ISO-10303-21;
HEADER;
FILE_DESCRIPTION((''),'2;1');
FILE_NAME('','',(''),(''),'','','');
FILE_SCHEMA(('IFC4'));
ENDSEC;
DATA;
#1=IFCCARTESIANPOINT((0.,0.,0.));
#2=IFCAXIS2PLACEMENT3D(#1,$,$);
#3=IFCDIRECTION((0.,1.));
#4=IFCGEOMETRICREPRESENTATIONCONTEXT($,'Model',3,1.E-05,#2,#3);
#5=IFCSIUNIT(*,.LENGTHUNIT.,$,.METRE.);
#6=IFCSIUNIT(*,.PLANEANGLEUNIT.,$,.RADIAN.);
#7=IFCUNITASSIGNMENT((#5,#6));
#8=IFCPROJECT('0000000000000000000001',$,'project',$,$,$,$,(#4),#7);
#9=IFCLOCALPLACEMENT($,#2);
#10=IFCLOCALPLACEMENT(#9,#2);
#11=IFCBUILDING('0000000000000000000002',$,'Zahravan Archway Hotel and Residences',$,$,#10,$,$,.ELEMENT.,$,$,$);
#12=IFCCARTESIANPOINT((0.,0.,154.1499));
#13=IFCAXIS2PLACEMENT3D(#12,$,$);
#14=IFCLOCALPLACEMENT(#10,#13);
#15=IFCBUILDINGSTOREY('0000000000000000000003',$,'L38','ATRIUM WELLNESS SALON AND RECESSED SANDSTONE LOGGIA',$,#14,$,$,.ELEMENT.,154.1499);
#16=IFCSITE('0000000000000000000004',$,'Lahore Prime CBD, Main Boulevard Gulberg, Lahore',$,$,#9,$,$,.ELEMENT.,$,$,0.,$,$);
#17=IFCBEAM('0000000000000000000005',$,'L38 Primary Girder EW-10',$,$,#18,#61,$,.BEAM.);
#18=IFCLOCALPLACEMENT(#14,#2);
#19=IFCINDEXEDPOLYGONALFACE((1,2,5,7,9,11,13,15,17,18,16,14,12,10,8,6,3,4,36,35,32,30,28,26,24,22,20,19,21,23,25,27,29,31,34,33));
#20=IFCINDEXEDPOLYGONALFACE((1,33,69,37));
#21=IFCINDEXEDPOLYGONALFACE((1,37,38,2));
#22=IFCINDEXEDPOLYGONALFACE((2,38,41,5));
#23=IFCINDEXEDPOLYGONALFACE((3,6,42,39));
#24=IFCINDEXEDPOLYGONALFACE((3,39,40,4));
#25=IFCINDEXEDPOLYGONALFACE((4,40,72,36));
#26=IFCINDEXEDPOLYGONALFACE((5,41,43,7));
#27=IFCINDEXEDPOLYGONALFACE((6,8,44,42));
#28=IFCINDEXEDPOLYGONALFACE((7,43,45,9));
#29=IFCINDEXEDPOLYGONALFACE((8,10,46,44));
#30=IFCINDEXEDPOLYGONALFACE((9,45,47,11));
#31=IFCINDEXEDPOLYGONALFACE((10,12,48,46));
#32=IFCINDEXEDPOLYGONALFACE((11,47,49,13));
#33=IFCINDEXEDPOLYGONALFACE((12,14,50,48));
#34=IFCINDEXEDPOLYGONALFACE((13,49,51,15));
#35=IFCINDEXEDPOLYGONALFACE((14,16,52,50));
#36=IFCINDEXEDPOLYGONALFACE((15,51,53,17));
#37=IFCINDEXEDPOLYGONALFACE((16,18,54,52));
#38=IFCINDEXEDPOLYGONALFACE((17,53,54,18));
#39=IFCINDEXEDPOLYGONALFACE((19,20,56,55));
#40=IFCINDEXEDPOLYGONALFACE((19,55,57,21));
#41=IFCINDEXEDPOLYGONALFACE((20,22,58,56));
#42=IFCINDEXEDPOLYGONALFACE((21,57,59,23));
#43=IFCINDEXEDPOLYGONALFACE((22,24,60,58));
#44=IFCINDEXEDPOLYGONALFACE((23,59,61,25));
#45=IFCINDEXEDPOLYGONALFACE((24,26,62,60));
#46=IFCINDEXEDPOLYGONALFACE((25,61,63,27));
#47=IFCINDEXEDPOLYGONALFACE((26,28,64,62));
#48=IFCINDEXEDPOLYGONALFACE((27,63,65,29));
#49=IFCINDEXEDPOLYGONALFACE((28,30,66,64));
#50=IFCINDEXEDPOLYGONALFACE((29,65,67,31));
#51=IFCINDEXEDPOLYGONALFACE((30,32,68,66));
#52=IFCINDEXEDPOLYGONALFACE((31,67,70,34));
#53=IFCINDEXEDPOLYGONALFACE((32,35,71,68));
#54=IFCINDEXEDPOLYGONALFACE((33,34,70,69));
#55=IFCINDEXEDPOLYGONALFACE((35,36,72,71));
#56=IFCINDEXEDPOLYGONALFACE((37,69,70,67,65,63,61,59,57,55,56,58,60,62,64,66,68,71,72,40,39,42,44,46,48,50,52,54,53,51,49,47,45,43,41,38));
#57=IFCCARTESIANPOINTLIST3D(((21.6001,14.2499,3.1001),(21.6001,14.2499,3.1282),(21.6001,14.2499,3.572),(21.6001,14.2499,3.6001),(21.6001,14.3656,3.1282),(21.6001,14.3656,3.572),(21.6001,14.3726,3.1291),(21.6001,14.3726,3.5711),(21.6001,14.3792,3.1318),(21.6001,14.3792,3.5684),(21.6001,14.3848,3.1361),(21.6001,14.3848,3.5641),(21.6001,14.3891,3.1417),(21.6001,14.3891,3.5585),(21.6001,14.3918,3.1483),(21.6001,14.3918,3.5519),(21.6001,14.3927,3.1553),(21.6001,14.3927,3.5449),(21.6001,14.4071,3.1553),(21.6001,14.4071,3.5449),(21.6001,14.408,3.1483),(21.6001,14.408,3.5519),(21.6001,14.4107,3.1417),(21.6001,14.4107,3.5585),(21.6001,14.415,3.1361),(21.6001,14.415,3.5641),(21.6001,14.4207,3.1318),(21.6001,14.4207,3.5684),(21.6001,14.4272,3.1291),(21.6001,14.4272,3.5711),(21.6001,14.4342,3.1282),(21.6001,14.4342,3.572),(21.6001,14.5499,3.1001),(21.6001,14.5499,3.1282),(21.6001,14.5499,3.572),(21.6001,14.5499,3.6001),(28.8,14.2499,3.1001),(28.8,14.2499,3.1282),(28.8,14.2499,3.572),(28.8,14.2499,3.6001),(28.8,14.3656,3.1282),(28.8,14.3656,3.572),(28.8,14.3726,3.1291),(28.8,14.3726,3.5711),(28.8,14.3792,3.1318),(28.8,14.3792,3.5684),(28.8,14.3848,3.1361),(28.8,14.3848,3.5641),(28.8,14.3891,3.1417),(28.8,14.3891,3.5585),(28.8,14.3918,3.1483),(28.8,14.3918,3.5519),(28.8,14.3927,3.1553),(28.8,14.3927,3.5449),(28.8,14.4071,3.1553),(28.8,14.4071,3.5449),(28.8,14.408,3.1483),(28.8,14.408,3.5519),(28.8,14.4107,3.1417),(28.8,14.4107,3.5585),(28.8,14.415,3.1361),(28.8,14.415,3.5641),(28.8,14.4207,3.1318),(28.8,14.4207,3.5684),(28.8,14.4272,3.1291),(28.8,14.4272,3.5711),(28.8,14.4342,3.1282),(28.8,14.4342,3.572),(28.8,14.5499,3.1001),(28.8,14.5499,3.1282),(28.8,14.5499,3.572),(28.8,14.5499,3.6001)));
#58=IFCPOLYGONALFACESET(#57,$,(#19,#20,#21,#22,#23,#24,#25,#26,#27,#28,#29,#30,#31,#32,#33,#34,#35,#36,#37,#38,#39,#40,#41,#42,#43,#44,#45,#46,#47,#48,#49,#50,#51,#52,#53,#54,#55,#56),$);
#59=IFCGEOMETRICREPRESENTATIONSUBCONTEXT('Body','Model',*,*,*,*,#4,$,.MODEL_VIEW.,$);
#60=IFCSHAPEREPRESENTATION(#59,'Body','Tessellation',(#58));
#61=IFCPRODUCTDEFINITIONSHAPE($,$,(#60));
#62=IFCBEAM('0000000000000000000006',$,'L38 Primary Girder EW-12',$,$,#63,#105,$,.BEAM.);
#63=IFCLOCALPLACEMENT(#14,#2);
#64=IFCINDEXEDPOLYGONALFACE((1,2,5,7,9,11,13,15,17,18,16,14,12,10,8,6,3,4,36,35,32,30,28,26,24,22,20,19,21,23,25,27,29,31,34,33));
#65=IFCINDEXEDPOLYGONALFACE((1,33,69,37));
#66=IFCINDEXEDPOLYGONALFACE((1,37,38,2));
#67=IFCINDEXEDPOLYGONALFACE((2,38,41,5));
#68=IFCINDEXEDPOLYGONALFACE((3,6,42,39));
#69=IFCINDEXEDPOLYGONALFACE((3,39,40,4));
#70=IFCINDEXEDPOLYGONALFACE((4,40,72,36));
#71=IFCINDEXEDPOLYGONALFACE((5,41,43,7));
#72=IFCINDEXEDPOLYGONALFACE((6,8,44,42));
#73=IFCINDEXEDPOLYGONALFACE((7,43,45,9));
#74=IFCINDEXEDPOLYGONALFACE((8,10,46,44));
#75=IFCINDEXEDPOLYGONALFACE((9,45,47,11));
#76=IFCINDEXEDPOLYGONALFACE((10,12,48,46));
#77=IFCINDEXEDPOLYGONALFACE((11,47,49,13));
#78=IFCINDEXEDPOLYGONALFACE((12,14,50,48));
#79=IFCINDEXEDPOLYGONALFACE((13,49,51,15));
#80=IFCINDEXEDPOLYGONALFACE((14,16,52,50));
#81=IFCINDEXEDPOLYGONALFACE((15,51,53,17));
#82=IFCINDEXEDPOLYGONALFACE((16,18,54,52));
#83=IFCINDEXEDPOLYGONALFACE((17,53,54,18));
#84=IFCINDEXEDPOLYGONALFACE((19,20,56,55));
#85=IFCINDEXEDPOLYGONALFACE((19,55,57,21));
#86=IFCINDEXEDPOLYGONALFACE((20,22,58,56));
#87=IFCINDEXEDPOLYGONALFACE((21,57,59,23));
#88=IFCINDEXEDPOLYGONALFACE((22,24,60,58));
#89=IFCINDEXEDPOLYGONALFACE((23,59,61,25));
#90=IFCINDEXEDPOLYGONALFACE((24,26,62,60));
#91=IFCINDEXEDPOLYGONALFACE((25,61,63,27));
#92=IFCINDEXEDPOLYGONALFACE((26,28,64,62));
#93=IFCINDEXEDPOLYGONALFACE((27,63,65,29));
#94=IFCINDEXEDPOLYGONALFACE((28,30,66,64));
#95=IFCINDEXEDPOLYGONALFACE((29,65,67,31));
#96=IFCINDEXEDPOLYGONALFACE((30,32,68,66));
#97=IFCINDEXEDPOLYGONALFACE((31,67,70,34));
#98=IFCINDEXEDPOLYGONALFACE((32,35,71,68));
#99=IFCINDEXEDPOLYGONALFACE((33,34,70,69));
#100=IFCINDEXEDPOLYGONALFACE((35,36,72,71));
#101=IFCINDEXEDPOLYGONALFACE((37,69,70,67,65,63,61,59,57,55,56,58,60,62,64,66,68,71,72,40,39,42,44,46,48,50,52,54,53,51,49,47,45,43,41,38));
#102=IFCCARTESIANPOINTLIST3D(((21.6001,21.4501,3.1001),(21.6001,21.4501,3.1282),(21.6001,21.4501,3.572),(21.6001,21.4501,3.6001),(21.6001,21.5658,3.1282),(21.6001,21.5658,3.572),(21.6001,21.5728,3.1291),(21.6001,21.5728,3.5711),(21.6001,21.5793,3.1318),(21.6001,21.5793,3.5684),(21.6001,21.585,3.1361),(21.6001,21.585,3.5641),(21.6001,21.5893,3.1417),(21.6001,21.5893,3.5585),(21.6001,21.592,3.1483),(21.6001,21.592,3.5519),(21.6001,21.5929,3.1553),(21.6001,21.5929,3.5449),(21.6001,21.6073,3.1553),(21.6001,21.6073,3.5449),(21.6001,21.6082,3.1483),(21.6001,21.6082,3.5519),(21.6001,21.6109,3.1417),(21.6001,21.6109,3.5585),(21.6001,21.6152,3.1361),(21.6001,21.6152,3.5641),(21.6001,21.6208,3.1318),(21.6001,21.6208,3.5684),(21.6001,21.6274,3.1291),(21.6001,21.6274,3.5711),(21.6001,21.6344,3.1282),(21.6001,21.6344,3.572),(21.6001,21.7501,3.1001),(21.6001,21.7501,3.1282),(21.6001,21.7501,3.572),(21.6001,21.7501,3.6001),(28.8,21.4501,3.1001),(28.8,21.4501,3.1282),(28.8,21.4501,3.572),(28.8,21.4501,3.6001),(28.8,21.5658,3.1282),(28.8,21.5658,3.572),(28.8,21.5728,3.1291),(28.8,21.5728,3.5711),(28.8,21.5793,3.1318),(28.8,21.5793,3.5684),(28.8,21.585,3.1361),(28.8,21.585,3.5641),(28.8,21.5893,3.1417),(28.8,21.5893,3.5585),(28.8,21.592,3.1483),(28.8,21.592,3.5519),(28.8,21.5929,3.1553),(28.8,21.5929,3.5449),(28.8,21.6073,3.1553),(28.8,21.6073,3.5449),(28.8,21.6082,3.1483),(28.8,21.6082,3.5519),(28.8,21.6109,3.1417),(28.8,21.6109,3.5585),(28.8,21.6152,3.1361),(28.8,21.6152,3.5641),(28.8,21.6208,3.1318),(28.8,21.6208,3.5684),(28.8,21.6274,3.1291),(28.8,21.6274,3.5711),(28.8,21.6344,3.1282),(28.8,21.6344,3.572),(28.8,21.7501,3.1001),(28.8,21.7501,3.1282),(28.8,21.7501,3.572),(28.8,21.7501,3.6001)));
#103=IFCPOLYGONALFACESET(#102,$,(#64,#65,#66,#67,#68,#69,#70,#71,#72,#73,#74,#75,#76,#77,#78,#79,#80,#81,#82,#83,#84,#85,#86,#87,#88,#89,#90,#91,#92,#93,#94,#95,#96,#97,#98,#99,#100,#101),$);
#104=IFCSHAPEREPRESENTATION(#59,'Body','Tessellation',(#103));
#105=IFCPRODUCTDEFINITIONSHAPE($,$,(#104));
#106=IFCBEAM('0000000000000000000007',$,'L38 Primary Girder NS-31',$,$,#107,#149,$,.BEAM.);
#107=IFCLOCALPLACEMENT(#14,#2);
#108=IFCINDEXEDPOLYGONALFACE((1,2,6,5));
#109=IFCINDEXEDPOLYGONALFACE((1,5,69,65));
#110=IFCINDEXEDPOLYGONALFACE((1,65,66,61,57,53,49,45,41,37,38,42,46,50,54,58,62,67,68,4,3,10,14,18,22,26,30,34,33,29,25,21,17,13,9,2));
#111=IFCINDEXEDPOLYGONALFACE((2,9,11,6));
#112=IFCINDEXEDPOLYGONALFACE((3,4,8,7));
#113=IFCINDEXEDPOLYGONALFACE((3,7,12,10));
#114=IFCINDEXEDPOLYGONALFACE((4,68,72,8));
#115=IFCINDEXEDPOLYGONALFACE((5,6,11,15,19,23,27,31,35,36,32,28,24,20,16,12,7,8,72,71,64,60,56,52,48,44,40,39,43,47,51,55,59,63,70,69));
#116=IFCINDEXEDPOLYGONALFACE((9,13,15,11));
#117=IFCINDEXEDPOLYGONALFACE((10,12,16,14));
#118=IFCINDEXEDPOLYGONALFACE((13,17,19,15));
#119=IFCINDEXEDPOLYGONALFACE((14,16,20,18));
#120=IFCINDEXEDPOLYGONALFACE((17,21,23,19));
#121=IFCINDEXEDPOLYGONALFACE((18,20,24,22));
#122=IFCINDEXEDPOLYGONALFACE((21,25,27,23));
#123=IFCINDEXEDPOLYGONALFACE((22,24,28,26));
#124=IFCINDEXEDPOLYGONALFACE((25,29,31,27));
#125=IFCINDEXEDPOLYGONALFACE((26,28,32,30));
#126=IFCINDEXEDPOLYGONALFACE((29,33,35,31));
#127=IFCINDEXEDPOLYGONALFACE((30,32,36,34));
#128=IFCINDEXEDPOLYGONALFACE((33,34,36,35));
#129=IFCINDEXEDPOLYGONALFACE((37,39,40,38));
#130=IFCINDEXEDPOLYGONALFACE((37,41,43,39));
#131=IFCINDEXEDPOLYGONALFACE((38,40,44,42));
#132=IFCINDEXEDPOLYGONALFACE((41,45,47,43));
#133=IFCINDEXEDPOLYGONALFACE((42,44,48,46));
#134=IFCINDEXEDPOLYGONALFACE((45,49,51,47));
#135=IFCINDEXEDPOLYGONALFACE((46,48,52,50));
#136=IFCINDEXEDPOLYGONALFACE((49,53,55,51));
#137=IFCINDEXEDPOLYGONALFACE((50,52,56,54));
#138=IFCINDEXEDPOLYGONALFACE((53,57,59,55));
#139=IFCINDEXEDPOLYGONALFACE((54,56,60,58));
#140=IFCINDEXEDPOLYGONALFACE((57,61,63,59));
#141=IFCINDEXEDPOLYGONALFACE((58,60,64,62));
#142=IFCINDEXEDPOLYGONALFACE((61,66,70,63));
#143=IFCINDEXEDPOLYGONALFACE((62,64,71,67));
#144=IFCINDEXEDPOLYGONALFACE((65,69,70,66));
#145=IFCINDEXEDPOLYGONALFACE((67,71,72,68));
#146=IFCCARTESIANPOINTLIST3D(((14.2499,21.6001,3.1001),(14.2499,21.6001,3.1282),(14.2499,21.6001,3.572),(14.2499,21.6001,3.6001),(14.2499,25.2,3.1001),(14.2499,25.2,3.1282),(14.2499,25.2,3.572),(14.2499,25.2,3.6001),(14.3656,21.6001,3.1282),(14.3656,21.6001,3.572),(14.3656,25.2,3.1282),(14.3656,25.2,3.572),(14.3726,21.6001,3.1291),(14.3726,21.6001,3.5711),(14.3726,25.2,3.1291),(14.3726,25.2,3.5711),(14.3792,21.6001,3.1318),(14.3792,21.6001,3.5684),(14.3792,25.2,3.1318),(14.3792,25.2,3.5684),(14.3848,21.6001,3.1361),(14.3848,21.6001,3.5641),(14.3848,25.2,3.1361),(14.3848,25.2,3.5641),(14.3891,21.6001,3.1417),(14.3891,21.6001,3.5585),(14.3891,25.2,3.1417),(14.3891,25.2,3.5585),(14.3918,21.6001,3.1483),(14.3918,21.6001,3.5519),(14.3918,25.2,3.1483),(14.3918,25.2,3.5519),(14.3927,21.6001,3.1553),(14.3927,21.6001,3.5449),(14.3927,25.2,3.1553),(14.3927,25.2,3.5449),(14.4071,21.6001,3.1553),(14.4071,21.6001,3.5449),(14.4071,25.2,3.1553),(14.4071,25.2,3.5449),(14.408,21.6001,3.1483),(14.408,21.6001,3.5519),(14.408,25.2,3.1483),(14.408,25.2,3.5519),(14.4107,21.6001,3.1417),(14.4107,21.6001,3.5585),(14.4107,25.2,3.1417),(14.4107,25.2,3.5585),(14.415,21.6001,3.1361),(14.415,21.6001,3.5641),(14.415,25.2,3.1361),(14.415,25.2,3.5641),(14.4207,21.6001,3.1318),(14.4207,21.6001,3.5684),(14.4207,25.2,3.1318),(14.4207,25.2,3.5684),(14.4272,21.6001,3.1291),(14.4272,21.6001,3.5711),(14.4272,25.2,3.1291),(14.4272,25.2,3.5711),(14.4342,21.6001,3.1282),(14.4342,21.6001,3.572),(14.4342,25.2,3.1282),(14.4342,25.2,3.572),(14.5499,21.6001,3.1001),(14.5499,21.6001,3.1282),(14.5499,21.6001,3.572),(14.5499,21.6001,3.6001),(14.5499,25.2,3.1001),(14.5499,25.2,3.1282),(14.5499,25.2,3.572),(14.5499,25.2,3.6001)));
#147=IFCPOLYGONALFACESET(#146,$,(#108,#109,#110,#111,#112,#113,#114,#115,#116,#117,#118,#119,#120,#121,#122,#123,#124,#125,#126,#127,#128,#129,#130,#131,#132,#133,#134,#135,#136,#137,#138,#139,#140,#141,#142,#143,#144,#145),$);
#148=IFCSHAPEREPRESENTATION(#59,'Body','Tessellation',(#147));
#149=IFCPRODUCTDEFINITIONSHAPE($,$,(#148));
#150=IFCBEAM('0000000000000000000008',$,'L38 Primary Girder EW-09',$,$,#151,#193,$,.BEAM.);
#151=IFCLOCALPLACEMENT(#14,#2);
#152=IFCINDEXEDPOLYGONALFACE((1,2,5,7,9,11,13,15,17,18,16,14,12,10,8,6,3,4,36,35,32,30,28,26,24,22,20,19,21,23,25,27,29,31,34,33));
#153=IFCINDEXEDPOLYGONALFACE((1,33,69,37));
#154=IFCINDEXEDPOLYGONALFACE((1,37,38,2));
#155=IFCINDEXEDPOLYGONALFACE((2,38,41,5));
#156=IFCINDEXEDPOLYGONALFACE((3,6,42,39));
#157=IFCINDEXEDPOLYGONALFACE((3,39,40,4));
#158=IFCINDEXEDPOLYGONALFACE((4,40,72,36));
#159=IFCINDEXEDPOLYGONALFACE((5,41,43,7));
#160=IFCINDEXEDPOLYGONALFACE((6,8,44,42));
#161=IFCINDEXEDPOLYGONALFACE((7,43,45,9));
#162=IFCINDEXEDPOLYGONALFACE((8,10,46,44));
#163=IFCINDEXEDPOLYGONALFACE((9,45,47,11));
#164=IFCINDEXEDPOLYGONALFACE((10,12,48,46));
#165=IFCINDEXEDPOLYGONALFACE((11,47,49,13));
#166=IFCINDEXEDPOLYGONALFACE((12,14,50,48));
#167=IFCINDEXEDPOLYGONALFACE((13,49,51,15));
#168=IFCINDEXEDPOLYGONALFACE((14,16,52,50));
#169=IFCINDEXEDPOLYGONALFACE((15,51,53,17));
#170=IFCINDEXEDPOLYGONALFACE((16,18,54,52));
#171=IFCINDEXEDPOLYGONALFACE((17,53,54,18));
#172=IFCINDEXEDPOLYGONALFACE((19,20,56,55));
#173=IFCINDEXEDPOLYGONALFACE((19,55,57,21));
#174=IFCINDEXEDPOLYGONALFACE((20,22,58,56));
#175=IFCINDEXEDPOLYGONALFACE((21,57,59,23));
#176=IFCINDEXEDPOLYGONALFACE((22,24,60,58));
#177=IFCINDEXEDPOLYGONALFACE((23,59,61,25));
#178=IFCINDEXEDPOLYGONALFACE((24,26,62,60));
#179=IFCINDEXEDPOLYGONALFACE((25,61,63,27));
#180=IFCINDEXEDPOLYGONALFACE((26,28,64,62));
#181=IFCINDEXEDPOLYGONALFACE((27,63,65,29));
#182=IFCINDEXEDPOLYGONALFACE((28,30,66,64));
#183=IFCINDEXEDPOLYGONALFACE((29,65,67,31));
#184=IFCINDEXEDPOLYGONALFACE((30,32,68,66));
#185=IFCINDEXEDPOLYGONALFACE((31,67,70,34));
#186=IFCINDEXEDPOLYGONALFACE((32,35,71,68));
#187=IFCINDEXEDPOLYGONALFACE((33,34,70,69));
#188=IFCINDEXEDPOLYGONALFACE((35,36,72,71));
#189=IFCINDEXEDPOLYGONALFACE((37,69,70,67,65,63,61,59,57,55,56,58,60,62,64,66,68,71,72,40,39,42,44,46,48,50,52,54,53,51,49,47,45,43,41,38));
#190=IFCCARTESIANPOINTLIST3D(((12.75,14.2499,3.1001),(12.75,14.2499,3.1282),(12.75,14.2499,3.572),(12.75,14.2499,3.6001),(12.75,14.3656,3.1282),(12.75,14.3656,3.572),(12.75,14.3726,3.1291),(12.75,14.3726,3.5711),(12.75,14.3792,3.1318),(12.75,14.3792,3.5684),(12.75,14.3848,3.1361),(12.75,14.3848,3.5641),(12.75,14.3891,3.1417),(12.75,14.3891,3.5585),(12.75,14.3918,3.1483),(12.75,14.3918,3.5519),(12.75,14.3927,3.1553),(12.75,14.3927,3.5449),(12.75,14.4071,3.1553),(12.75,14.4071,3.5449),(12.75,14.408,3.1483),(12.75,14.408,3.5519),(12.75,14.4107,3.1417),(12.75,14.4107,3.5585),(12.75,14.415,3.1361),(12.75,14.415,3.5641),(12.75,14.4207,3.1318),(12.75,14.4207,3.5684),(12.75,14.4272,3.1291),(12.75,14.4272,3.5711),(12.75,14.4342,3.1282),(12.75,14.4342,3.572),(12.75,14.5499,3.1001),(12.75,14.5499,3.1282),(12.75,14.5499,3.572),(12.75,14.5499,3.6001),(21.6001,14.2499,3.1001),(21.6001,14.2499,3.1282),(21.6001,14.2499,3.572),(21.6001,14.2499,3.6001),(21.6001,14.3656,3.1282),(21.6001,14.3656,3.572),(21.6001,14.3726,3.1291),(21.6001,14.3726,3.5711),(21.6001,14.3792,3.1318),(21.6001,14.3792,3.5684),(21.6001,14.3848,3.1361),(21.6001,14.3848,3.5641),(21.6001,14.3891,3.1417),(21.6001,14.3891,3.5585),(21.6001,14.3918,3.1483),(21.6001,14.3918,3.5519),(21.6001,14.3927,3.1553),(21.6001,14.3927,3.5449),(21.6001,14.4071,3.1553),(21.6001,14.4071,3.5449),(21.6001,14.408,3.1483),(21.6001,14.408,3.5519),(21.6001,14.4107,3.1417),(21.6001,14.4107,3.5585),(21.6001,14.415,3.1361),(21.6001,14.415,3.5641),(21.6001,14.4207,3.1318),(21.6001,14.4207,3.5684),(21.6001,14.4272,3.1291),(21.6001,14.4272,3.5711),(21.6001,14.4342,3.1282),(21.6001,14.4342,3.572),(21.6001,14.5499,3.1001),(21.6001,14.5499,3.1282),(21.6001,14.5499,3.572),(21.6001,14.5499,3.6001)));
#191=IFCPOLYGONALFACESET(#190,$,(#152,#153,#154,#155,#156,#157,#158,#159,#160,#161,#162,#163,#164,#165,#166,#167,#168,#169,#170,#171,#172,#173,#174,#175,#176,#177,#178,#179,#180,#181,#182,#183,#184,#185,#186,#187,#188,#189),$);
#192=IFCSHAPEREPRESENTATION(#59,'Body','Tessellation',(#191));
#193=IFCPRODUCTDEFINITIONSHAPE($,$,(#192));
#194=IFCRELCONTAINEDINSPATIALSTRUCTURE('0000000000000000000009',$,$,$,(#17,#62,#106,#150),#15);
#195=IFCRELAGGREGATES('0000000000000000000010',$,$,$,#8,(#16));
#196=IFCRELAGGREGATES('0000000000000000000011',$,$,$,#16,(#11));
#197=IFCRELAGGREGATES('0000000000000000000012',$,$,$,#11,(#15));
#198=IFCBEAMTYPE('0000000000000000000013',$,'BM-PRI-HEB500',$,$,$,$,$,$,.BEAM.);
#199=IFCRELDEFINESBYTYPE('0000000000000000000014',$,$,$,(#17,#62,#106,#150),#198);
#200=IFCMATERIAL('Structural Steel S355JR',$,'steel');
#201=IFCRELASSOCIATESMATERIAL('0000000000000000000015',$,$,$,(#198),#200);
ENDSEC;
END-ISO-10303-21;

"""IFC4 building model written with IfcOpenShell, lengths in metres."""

from ifc_helpers import new_model, si_unit, direction, frame, origin, origin_2d, place, context, subcontext, project, spatial, i_section, extrude, source, transform, mapped, material, material_profile, profile_set, type_object, element, save


model = new_model("IFC4")

# Units and contexts
model_context = context("Model", 3, precision=1e-05, world=origin(), true_north=direction((0.0, 1.0)))
body_context = subcontext(model_context, "Body", "Model", "MODEL_VIEW")
ifc_project = project(units=[si_unit("LENGTHUNIT", "METRE"), si_unit("PLANEANGLEUNIT", "RADIAN")], contexts=[model_context])

# Site, building, storey
site_placement = place(None, origin())
site = spatial("IfcSite", under=ifc_project, at=site_placement, Name="Lahore Prime CBD, Main Boulevard Gulberg, Lahore", CompositionType="ELEMENT", RefElevation=0.0)
building_placement = place(site_placement, origin())
building = spatial("IfcBuilding", under=site, at=building_placement, Name="Zahravan Archway Hotel and Residences", CompositionType="ELEMENT")
storey_placement = place(building_placement, frame((0.0, 0.0, 154.1499)))
storey = spatial("IfcBuildingStorey", under=building, at=storey_placement, Name="L38", Description="ATRIUM WELLNESS SALON AND RECESSED SANDSTONE LOGGIA", CompositionType="ELEMENT", Elevation=154.1499)

# Beams
ifc_material_1 = material(Name="Structural Steel S355JR", Category="steel")
ifc_material_profile_1 = material_profile(ifc_material_1, i_section(OverallWidth=0.3, OverallDepth=0.5, WebThickness=0.0144, FlangeThickness=0.0281, FilletRadius=0.0271, at=origin_2d()), Name="HEB 500", Category="steel")
ifc_profile_set_1 = profile_set([ifc_material_profile_1], Name="Structural Steel S355JR")
beam_type_1 = type_object("IfcBeamType", Name="BM-PRI-HEB500", PredefinedType="BEAM", material=ifc_profile_set_1)
shared_shape_1 = source(origin(), body_context, "Body", "SweptSolid", [
    extrude(i_section(OverallWidth=0.3, OverallDepth=0.5, WebThickness=0.0144, FlangeThickness=0.0281, FilletRadius=0.0271, at=origin_2d()), origin(), (0.0, 0.0, 1.0), 7.2),
])
for number, where, z_axis, x_axis, name in (
    (1, (21.6001, 14.3999, 3.3501), (1.0, 0.0, 0.0), (0.0, 1.0, 0.0), "L38 Primary Girder EW-10"),
    (2, (21.6001, 21.6001, 3.3501), (1.0, 0.0, 0.0), (0.0, 1.0, 0.0), "L38 Primary Girder EW-12"),
):
    element("IfcBeam", number, at=place(storey_placement, frame(where, z_axis=z_axis, x_axis=x_axis)), inside=storey, type_object=beam_type_1, Name=name, PredefinedType="BEAM", context=body_context, shape_type="MappedRepresentation", body=[
        mapped(shared_shape_1, transform((0.0, 0.0, 0.0), scale=1.0)),
    ])
shared_shape_2 = source(origin(), body_context, "Body", "SweptSolid", [
    extrude(i_section(OverallWidth=0.3, OverallDepth=0.5, WebThickness=0.0144, FlangeThickness=0.0281, FilletRadius=0.0271, at=origin_2d()), origin(), (0.0, 0.0, 1.0), 3.5999),
])
beam_1_placement = place(storey_placement, frame((14.3999, 21.6001, 3.3501), z_axis=(0.0, 1.0, 0.0), x_axis=(-1.0, 0.0, 0.0)))
element("IfcBeam", 3, at=beam_1_placement, inside=storey, type_object=beam_type_1, Name="L38 Primary Girder NS-31", PredefinedType="BEAM", context=body_context, shape_type="MappedRepresentation", body=[
    mapped(shared_shape_2, transform((0.0, 0.0, 0.0), scale=1.0)),
])
shared_shape_3 = source(origin(), body_context, "Body", "SweptSolid", [
    extrude(i_section(OverallWidth=0.3, OverallDepth=0.5, WebThickness=0.0144, FlangeThickness=0.0281, FilletRadius=0.0271, at=origin_2d()), origin(), (0.0, 0.0, 1.0), 8.8501),
])
beam_2_placement = place(storey_placement, frame((12.75, 14.3999, 3.3501), z_axis=(1.0, 0.0, 0.0), x_axis=(0.0, 1.0, 0.0)))
element("IfcBeam", 4, at=beam_2_placement, inside=storey, type_object=beam_type_1, Name="L38 Primary Girder EW-09", PredefinedType="BEAM", context=body_context, shape_type="MappedRepresentation", body=[
    mapped(shared_shape_3, transform((0.0, 0.0, 0.0), scale=1.0)),
])

save(model, "model.ifc")
